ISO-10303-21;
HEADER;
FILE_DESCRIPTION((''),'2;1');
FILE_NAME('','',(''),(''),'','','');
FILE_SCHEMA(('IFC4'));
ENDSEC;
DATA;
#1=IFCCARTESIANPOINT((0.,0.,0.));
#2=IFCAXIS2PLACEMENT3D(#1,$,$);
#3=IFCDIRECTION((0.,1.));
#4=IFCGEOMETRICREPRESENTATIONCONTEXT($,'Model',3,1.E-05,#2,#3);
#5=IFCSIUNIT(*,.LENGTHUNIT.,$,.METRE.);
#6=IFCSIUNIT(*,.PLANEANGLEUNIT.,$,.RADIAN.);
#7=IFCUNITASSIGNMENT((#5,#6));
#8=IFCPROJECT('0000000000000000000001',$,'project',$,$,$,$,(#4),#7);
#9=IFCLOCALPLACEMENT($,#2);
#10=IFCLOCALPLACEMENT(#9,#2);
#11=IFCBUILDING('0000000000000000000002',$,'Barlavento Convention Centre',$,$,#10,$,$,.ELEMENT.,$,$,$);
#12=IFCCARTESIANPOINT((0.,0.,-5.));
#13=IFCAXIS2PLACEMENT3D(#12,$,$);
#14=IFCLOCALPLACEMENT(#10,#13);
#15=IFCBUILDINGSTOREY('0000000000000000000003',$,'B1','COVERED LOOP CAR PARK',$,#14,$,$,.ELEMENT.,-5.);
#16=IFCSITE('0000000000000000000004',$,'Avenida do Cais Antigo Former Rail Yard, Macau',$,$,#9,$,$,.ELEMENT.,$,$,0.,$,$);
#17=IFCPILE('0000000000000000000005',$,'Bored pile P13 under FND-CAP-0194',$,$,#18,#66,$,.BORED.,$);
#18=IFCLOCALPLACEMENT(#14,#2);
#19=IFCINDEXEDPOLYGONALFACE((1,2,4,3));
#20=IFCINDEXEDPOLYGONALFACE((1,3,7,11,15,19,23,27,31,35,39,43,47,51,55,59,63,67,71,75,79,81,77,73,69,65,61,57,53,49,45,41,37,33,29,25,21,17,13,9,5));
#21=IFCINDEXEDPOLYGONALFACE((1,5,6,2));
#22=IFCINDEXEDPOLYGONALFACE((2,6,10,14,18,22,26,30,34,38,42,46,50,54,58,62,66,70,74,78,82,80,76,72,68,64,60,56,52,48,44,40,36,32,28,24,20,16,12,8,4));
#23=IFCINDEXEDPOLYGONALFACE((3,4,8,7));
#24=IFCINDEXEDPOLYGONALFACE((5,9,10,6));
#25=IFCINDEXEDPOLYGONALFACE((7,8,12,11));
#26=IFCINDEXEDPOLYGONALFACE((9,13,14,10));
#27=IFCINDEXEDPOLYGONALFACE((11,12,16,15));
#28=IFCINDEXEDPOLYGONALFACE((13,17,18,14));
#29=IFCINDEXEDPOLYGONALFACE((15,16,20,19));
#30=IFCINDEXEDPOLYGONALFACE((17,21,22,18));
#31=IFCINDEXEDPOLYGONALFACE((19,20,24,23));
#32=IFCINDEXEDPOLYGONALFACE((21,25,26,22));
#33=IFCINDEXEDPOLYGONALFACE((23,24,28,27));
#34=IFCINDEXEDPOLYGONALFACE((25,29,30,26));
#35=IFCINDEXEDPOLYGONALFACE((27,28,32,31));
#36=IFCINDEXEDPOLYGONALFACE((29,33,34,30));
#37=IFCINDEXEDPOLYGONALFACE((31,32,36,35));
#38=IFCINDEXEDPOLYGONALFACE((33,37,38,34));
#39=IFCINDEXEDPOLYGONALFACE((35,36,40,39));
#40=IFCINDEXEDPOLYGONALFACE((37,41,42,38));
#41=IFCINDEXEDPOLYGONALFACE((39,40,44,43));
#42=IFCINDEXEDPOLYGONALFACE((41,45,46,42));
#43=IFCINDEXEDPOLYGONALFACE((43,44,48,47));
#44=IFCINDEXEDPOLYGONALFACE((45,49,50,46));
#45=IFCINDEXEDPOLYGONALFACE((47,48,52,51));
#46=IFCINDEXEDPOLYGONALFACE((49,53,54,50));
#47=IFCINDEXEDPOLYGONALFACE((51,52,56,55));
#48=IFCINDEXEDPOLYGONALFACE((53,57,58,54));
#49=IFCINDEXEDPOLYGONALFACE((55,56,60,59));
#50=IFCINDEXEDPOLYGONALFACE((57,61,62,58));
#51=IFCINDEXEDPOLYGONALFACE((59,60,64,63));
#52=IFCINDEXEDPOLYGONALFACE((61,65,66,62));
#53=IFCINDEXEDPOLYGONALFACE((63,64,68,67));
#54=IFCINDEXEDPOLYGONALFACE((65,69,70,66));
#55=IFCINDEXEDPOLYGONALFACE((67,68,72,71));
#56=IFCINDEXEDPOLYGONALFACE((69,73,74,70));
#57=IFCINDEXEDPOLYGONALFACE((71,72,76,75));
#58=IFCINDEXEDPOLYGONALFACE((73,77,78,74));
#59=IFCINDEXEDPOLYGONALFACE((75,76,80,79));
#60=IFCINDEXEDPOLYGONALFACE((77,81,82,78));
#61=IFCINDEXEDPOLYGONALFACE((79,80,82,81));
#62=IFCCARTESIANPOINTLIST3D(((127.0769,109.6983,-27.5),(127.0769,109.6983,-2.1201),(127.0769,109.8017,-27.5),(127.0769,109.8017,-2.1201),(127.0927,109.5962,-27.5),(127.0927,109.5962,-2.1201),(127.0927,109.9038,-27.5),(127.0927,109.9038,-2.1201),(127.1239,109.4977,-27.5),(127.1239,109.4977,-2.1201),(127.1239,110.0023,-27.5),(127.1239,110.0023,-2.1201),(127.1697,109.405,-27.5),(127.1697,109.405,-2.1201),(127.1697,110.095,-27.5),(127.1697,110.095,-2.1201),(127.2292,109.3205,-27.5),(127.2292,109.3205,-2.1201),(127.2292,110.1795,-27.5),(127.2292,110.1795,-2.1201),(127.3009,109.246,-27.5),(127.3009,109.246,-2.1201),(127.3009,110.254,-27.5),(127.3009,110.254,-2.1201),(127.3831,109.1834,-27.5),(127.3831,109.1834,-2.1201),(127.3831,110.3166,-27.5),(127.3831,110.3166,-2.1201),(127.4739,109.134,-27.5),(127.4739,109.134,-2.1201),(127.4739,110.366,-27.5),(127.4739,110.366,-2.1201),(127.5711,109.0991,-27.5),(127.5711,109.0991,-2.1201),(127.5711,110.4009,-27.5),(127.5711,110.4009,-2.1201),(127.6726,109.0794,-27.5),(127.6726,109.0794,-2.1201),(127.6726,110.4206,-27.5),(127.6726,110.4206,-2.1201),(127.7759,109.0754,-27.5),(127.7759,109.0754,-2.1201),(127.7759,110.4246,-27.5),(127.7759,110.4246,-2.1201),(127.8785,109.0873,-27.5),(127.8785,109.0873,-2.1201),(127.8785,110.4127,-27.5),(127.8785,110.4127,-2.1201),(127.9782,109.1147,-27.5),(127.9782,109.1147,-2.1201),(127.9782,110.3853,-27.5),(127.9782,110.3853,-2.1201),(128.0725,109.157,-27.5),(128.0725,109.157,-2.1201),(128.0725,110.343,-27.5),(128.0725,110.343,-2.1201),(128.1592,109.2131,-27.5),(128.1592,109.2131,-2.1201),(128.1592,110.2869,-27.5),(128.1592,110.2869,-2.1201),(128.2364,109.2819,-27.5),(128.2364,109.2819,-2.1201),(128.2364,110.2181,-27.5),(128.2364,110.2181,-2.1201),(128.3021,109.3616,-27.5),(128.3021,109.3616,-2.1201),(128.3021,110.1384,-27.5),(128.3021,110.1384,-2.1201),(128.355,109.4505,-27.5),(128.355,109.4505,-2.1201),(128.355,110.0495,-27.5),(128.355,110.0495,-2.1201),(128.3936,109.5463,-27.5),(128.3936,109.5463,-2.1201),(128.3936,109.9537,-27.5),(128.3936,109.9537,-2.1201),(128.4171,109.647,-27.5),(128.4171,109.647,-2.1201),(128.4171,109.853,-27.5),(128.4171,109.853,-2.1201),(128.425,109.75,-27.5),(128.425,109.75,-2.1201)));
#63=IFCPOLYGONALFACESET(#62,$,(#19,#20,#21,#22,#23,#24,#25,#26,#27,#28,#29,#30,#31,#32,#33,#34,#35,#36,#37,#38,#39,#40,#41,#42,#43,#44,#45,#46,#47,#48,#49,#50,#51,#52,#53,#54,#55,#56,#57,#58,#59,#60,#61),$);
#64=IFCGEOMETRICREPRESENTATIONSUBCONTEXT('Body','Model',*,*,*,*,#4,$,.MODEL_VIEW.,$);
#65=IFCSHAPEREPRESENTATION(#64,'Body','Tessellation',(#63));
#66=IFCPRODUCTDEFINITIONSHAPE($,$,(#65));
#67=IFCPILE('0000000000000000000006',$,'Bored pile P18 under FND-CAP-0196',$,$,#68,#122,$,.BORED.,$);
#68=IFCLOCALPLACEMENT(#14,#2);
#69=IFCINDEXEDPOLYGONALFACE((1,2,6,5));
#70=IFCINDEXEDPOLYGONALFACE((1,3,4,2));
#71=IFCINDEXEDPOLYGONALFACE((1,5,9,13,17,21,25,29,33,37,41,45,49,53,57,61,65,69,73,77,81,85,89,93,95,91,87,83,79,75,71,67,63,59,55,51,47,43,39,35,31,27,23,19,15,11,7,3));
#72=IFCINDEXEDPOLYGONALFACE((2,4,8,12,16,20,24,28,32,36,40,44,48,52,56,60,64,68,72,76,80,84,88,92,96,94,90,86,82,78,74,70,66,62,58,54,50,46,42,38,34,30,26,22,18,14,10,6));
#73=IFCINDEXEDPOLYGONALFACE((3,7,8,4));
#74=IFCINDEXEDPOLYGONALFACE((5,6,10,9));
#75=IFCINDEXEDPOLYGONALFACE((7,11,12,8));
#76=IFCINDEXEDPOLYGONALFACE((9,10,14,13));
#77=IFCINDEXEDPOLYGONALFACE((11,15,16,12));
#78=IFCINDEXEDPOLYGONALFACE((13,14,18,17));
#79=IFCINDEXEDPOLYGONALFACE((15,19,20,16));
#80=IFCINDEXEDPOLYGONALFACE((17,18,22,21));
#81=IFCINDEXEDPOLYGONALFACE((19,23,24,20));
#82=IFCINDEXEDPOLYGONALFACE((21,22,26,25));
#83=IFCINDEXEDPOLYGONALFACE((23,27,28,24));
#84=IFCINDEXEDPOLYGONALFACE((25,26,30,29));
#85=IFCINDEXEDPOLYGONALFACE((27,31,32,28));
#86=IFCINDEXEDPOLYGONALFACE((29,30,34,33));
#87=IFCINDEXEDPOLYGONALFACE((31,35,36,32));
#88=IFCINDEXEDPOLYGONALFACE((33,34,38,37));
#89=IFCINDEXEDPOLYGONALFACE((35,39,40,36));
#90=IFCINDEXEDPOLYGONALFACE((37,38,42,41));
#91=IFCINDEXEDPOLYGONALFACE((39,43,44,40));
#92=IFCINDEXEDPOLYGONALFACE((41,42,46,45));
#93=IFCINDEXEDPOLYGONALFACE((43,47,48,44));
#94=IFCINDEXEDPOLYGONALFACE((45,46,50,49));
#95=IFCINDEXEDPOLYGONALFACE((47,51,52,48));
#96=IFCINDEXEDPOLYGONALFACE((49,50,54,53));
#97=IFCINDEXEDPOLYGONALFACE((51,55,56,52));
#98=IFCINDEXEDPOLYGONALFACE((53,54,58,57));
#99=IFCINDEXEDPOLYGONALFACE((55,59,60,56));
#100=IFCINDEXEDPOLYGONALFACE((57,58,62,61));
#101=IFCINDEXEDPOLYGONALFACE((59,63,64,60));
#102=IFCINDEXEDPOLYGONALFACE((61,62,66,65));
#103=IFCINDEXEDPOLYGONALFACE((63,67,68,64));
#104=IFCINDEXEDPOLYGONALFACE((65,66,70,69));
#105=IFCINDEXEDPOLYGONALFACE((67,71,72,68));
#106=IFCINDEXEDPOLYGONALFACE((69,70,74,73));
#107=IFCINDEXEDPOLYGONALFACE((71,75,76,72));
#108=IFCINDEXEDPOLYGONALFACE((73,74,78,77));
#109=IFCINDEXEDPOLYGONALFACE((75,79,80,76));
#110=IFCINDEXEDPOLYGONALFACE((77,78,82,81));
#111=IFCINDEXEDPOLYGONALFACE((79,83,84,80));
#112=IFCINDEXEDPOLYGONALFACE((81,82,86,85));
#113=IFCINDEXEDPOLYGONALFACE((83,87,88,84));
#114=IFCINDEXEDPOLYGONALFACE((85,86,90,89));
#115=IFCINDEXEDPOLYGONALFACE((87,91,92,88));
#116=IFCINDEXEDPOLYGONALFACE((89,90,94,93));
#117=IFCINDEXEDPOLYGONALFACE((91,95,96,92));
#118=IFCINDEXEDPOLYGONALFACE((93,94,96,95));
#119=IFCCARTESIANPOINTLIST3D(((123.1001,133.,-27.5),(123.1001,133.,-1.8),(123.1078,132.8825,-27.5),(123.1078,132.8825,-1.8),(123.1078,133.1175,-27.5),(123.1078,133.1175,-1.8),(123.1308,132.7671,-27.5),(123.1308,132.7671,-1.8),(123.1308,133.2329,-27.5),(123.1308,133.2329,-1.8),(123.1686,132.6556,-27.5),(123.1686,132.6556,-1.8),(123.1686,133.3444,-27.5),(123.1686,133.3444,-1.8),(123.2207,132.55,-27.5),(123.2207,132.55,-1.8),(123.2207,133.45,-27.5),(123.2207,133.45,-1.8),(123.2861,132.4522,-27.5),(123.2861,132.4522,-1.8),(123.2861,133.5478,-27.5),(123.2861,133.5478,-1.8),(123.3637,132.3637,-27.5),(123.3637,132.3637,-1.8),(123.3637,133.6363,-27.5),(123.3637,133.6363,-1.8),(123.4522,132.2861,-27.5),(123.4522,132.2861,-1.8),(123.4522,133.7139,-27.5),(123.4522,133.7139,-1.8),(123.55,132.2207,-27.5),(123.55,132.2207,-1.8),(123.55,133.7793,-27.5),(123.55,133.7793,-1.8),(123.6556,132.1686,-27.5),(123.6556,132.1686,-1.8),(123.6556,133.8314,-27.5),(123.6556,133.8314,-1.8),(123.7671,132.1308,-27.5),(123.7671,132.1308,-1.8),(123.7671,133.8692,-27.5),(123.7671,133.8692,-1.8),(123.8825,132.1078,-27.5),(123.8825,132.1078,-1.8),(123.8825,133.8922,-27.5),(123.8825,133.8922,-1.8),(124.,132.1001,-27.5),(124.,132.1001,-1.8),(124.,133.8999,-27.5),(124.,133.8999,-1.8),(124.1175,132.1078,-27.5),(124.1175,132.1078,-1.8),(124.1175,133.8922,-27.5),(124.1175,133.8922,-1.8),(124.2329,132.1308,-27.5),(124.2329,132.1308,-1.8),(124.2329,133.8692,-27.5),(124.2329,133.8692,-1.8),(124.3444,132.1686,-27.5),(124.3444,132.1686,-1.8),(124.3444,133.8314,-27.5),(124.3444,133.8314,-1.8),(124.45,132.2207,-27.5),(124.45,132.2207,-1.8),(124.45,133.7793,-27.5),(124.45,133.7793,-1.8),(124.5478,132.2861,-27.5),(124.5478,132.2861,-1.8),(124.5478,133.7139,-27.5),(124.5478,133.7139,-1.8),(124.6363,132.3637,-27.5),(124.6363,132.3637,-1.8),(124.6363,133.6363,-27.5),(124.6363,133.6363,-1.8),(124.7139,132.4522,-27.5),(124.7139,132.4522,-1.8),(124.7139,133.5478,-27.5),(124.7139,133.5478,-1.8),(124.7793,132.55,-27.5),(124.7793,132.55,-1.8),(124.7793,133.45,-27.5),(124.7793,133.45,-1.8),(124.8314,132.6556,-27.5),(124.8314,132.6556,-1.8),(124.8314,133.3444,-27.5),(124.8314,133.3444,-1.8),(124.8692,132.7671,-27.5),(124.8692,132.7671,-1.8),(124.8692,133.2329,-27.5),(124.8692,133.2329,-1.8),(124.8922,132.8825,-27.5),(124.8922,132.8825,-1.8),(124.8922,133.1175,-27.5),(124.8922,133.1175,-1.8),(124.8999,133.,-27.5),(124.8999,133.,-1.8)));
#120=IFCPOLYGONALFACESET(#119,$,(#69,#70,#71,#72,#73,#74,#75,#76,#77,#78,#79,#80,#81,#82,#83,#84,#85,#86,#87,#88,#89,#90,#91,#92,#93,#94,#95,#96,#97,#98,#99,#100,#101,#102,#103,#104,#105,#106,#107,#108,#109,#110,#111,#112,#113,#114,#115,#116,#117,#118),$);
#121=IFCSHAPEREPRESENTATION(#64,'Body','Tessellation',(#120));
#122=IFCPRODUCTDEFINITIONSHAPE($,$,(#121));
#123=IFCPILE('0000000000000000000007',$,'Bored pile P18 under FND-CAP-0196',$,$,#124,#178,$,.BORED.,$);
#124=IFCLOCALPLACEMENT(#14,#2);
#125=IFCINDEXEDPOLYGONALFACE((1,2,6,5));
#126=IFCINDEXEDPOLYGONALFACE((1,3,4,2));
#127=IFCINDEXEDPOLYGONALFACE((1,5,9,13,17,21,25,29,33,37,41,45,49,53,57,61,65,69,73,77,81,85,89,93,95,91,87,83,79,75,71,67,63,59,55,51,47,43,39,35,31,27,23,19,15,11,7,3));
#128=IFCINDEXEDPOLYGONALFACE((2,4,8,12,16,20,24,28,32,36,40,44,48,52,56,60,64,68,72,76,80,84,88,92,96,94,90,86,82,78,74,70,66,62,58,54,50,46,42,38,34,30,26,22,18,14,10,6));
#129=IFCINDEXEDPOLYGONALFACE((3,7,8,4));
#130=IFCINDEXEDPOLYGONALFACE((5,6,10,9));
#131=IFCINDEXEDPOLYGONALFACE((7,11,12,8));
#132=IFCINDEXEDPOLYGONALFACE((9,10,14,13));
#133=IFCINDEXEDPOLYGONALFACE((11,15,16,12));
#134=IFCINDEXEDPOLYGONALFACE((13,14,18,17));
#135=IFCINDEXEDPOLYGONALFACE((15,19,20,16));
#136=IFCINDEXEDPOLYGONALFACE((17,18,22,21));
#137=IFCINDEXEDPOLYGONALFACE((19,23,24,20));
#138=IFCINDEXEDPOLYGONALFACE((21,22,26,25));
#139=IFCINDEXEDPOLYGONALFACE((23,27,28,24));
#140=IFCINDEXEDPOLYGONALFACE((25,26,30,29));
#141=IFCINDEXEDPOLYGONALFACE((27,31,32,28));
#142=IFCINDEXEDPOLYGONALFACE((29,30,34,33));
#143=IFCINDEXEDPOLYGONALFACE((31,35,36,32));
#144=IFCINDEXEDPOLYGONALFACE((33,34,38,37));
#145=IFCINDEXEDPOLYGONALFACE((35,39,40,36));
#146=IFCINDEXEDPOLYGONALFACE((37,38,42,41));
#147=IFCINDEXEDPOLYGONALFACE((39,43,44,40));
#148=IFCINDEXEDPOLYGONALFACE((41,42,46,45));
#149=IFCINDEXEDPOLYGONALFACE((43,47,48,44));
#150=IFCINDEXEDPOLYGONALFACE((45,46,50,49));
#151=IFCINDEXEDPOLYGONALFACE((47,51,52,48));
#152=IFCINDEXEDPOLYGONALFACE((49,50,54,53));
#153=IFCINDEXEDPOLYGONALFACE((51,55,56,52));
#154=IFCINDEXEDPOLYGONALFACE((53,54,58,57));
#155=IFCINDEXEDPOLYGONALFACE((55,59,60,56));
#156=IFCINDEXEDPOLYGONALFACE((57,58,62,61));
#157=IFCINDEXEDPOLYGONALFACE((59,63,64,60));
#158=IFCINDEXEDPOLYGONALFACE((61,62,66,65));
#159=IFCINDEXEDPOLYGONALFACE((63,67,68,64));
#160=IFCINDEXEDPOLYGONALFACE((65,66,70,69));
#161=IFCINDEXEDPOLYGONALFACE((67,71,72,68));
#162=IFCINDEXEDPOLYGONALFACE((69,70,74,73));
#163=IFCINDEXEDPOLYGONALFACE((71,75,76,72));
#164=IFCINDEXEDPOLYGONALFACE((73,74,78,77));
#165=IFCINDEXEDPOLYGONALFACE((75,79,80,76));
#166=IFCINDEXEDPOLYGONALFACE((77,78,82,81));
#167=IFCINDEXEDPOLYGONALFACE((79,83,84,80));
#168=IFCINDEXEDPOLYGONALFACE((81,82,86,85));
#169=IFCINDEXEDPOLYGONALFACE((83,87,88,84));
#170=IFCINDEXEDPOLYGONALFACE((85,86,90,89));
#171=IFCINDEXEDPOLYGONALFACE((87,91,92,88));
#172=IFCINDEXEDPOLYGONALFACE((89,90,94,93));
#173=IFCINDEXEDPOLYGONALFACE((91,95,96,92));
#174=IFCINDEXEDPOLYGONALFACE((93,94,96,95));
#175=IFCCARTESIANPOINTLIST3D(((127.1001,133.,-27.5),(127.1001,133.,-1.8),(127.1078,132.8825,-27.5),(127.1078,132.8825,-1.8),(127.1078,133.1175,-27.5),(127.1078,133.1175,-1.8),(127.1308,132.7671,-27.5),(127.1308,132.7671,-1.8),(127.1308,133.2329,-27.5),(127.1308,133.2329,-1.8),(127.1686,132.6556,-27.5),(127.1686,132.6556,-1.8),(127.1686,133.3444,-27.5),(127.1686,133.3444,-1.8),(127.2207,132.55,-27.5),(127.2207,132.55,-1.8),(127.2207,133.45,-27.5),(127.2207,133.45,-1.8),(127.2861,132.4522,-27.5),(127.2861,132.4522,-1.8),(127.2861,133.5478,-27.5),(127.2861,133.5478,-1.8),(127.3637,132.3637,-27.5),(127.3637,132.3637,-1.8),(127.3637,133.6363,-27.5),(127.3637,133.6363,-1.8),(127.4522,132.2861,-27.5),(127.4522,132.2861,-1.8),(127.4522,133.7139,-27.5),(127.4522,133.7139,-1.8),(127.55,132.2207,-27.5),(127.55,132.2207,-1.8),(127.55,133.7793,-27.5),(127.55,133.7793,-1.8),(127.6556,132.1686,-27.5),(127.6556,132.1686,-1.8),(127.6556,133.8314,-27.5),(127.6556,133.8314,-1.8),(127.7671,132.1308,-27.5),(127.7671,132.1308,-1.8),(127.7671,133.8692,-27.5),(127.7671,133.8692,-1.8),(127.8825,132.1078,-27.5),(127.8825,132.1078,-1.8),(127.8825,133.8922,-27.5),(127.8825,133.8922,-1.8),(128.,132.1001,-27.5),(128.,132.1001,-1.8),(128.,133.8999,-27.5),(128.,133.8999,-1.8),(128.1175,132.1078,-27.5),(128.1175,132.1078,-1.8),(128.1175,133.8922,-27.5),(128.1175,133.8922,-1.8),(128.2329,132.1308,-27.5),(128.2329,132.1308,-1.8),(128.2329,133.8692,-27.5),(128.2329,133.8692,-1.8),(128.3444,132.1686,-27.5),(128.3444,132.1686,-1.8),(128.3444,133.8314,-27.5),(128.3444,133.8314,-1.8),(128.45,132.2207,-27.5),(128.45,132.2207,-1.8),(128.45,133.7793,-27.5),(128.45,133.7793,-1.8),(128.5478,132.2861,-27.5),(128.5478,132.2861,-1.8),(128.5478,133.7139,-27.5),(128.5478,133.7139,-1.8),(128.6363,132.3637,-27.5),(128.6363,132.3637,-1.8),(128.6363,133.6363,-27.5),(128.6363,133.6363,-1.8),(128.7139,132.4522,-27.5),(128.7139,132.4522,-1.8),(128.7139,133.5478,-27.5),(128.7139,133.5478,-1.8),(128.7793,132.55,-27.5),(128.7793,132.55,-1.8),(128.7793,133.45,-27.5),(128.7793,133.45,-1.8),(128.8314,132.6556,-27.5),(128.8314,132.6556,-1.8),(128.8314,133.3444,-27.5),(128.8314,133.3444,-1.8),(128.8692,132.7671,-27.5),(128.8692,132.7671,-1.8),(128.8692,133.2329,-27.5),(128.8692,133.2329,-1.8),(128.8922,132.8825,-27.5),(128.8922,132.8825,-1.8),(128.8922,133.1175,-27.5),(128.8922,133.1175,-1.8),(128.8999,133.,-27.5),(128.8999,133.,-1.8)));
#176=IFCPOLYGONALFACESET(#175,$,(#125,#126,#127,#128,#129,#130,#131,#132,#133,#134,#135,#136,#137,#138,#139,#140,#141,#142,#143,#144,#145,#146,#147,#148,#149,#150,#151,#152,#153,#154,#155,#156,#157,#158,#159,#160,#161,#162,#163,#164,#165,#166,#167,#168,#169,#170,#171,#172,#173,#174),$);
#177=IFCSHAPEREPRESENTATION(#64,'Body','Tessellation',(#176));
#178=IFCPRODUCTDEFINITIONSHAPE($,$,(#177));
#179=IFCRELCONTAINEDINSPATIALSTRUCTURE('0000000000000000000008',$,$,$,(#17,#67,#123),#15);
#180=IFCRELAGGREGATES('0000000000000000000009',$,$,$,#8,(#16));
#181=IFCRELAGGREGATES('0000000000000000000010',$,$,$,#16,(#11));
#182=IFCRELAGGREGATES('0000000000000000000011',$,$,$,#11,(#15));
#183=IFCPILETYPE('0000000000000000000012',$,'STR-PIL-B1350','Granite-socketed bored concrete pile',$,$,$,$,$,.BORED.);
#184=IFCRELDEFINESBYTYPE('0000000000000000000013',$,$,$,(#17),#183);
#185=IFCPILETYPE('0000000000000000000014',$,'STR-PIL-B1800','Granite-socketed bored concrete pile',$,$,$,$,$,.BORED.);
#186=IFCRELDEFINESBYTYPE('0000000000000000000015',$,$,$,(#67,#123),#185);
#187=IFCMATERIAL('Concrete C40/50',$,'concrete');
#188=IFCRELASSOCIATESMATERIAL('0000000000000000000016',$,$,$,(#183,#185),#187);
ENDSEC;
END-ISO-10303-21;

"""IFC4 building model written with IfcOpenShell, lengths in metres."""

from ifc_helpers import new_model, si_unit, direction, frame, origin, origin_2d, place, context, subcontext, project, spatial, circle, extrude, material, material_profile, profile_set, type_object, element, save


model = new_model("IFC4")

# Units and contexts
model_context = context("Model", 3, precision=1e-05, world=origin(), true_north=direction((0.0, 1.0)))
body_context = subcontext(model_context, "Body", "Model", "MODEL_VIEW")
ifc_project = project(units=[si_unit("LENGTHUNIT", "METRE"), si_unit("PLANEANGLEUNIT", "RADIAN")], contexts=[model_context])

# Site, building, storey
site_placement = place(None, origin())
site = spatial("IfcSite", under=ifc_project, at=site_placement, Name="Avenida do Cais Antigo Former Rail Yard, Macau", CompositionType="ELEMENT", RefElevation=0.0)
building_placement = place(site_placement, origin())
building = spatial("IfcBuilding", under=site, at=building_placement, Name="Barlavento Convention Centre", CompositionType="ELEMENT")
storey_placement = place(building_placement, frame((0.0, 0.0, -5.0)))
storey = spatial("IfcBuildingStorey", under=building, at=storey_placement, Name="B1", Description="COVERED LOOP CAR PARK", CompositionType="ELEMENT", Elevation=-5.0)

# Shared definitions
ifc_material_1 = material(Name="Concrete C40/50", Category="concrete")

# Piles
ifc_material_profile_1 = material_profile(ifc_material_1, circle(Radius=0.675, at=origin_2d()), Name="BORED PILE 1350")
ifc_profile_set_1 = profile_set([ifc_material_profile_1], Name="Concrete C40/50")
pile_type_1 = type_object("IfcPileType", Name="STR-PIL-B1350", Description="Granite-socketed bored concrete pile", PredefinedType="BORED", material=ifc_profile_set_1)
for number, where, z_axis, x_axis, name in (
    (1, (127.75, 109.75, -2.1201), (0.0, 0.0, -1.0), (1.0, 0.0, 0.0), "Bored pile P13 under FND-CAP-0194"),
):
    element("IfcPile", number, at=place(storey_placement, frame(where, z_axis=z_axis, x_axis=x_axis)), inside=storey, type_object=pile_type_1, Name=name, PredefinedType="BORED", context=body_context, shape_type="SweptSolid", body=[
        extrude(circle(Radius=0.675, at=origin_2d()), origin(), (0.0, 0.0, 1.0), 25.3799),
    ])
ifc_material_profile_2 = material_profile(ifc_material_1, circle(Radius=0.8999, at=origin_2d()), Name="BORED PILE 1800")
ifc_profile_set_2 = profile_set([ifc_material_profile_2], Name="Concrete C40/50")
pile_type_2 = type_object("IfcPileType", Name="STR-PIL-B1800", Description="Granite-socketed bored concrete pile", PredefinedType="BORED", material=ifc_profile_set_2)
for number, where, z_axis, x_axis, name in (
    (2, (124.0, 133.0, -1.8), (0.0, 0.0, -1.0), (1.0, 0.0, 0.0), "Bored pile P18 under FND-CAP-0196"),
    (3, (128.0, 133.0, -1.8), (0.0, 0.0, -1.0), (1.0, 0.0, 0.0), "Bored pile P18 under FND-CAP-0196"),
):
    element("IfcPile", number, at=place(storey_placement, frame(where, z_axis=z_axis, x_axis=x_axis)), inside=storey, type_object=pile_type_2, Name=name, PredefinedType="BORED", context=body_context, shape_type="SweptSolid", body=[
        extrude(circle(Radius=0.8999, at=origin_2d()), origin(), (0.0, 0.0, 1.0), 25.7),
    ])

save(model, "model.ifc")
